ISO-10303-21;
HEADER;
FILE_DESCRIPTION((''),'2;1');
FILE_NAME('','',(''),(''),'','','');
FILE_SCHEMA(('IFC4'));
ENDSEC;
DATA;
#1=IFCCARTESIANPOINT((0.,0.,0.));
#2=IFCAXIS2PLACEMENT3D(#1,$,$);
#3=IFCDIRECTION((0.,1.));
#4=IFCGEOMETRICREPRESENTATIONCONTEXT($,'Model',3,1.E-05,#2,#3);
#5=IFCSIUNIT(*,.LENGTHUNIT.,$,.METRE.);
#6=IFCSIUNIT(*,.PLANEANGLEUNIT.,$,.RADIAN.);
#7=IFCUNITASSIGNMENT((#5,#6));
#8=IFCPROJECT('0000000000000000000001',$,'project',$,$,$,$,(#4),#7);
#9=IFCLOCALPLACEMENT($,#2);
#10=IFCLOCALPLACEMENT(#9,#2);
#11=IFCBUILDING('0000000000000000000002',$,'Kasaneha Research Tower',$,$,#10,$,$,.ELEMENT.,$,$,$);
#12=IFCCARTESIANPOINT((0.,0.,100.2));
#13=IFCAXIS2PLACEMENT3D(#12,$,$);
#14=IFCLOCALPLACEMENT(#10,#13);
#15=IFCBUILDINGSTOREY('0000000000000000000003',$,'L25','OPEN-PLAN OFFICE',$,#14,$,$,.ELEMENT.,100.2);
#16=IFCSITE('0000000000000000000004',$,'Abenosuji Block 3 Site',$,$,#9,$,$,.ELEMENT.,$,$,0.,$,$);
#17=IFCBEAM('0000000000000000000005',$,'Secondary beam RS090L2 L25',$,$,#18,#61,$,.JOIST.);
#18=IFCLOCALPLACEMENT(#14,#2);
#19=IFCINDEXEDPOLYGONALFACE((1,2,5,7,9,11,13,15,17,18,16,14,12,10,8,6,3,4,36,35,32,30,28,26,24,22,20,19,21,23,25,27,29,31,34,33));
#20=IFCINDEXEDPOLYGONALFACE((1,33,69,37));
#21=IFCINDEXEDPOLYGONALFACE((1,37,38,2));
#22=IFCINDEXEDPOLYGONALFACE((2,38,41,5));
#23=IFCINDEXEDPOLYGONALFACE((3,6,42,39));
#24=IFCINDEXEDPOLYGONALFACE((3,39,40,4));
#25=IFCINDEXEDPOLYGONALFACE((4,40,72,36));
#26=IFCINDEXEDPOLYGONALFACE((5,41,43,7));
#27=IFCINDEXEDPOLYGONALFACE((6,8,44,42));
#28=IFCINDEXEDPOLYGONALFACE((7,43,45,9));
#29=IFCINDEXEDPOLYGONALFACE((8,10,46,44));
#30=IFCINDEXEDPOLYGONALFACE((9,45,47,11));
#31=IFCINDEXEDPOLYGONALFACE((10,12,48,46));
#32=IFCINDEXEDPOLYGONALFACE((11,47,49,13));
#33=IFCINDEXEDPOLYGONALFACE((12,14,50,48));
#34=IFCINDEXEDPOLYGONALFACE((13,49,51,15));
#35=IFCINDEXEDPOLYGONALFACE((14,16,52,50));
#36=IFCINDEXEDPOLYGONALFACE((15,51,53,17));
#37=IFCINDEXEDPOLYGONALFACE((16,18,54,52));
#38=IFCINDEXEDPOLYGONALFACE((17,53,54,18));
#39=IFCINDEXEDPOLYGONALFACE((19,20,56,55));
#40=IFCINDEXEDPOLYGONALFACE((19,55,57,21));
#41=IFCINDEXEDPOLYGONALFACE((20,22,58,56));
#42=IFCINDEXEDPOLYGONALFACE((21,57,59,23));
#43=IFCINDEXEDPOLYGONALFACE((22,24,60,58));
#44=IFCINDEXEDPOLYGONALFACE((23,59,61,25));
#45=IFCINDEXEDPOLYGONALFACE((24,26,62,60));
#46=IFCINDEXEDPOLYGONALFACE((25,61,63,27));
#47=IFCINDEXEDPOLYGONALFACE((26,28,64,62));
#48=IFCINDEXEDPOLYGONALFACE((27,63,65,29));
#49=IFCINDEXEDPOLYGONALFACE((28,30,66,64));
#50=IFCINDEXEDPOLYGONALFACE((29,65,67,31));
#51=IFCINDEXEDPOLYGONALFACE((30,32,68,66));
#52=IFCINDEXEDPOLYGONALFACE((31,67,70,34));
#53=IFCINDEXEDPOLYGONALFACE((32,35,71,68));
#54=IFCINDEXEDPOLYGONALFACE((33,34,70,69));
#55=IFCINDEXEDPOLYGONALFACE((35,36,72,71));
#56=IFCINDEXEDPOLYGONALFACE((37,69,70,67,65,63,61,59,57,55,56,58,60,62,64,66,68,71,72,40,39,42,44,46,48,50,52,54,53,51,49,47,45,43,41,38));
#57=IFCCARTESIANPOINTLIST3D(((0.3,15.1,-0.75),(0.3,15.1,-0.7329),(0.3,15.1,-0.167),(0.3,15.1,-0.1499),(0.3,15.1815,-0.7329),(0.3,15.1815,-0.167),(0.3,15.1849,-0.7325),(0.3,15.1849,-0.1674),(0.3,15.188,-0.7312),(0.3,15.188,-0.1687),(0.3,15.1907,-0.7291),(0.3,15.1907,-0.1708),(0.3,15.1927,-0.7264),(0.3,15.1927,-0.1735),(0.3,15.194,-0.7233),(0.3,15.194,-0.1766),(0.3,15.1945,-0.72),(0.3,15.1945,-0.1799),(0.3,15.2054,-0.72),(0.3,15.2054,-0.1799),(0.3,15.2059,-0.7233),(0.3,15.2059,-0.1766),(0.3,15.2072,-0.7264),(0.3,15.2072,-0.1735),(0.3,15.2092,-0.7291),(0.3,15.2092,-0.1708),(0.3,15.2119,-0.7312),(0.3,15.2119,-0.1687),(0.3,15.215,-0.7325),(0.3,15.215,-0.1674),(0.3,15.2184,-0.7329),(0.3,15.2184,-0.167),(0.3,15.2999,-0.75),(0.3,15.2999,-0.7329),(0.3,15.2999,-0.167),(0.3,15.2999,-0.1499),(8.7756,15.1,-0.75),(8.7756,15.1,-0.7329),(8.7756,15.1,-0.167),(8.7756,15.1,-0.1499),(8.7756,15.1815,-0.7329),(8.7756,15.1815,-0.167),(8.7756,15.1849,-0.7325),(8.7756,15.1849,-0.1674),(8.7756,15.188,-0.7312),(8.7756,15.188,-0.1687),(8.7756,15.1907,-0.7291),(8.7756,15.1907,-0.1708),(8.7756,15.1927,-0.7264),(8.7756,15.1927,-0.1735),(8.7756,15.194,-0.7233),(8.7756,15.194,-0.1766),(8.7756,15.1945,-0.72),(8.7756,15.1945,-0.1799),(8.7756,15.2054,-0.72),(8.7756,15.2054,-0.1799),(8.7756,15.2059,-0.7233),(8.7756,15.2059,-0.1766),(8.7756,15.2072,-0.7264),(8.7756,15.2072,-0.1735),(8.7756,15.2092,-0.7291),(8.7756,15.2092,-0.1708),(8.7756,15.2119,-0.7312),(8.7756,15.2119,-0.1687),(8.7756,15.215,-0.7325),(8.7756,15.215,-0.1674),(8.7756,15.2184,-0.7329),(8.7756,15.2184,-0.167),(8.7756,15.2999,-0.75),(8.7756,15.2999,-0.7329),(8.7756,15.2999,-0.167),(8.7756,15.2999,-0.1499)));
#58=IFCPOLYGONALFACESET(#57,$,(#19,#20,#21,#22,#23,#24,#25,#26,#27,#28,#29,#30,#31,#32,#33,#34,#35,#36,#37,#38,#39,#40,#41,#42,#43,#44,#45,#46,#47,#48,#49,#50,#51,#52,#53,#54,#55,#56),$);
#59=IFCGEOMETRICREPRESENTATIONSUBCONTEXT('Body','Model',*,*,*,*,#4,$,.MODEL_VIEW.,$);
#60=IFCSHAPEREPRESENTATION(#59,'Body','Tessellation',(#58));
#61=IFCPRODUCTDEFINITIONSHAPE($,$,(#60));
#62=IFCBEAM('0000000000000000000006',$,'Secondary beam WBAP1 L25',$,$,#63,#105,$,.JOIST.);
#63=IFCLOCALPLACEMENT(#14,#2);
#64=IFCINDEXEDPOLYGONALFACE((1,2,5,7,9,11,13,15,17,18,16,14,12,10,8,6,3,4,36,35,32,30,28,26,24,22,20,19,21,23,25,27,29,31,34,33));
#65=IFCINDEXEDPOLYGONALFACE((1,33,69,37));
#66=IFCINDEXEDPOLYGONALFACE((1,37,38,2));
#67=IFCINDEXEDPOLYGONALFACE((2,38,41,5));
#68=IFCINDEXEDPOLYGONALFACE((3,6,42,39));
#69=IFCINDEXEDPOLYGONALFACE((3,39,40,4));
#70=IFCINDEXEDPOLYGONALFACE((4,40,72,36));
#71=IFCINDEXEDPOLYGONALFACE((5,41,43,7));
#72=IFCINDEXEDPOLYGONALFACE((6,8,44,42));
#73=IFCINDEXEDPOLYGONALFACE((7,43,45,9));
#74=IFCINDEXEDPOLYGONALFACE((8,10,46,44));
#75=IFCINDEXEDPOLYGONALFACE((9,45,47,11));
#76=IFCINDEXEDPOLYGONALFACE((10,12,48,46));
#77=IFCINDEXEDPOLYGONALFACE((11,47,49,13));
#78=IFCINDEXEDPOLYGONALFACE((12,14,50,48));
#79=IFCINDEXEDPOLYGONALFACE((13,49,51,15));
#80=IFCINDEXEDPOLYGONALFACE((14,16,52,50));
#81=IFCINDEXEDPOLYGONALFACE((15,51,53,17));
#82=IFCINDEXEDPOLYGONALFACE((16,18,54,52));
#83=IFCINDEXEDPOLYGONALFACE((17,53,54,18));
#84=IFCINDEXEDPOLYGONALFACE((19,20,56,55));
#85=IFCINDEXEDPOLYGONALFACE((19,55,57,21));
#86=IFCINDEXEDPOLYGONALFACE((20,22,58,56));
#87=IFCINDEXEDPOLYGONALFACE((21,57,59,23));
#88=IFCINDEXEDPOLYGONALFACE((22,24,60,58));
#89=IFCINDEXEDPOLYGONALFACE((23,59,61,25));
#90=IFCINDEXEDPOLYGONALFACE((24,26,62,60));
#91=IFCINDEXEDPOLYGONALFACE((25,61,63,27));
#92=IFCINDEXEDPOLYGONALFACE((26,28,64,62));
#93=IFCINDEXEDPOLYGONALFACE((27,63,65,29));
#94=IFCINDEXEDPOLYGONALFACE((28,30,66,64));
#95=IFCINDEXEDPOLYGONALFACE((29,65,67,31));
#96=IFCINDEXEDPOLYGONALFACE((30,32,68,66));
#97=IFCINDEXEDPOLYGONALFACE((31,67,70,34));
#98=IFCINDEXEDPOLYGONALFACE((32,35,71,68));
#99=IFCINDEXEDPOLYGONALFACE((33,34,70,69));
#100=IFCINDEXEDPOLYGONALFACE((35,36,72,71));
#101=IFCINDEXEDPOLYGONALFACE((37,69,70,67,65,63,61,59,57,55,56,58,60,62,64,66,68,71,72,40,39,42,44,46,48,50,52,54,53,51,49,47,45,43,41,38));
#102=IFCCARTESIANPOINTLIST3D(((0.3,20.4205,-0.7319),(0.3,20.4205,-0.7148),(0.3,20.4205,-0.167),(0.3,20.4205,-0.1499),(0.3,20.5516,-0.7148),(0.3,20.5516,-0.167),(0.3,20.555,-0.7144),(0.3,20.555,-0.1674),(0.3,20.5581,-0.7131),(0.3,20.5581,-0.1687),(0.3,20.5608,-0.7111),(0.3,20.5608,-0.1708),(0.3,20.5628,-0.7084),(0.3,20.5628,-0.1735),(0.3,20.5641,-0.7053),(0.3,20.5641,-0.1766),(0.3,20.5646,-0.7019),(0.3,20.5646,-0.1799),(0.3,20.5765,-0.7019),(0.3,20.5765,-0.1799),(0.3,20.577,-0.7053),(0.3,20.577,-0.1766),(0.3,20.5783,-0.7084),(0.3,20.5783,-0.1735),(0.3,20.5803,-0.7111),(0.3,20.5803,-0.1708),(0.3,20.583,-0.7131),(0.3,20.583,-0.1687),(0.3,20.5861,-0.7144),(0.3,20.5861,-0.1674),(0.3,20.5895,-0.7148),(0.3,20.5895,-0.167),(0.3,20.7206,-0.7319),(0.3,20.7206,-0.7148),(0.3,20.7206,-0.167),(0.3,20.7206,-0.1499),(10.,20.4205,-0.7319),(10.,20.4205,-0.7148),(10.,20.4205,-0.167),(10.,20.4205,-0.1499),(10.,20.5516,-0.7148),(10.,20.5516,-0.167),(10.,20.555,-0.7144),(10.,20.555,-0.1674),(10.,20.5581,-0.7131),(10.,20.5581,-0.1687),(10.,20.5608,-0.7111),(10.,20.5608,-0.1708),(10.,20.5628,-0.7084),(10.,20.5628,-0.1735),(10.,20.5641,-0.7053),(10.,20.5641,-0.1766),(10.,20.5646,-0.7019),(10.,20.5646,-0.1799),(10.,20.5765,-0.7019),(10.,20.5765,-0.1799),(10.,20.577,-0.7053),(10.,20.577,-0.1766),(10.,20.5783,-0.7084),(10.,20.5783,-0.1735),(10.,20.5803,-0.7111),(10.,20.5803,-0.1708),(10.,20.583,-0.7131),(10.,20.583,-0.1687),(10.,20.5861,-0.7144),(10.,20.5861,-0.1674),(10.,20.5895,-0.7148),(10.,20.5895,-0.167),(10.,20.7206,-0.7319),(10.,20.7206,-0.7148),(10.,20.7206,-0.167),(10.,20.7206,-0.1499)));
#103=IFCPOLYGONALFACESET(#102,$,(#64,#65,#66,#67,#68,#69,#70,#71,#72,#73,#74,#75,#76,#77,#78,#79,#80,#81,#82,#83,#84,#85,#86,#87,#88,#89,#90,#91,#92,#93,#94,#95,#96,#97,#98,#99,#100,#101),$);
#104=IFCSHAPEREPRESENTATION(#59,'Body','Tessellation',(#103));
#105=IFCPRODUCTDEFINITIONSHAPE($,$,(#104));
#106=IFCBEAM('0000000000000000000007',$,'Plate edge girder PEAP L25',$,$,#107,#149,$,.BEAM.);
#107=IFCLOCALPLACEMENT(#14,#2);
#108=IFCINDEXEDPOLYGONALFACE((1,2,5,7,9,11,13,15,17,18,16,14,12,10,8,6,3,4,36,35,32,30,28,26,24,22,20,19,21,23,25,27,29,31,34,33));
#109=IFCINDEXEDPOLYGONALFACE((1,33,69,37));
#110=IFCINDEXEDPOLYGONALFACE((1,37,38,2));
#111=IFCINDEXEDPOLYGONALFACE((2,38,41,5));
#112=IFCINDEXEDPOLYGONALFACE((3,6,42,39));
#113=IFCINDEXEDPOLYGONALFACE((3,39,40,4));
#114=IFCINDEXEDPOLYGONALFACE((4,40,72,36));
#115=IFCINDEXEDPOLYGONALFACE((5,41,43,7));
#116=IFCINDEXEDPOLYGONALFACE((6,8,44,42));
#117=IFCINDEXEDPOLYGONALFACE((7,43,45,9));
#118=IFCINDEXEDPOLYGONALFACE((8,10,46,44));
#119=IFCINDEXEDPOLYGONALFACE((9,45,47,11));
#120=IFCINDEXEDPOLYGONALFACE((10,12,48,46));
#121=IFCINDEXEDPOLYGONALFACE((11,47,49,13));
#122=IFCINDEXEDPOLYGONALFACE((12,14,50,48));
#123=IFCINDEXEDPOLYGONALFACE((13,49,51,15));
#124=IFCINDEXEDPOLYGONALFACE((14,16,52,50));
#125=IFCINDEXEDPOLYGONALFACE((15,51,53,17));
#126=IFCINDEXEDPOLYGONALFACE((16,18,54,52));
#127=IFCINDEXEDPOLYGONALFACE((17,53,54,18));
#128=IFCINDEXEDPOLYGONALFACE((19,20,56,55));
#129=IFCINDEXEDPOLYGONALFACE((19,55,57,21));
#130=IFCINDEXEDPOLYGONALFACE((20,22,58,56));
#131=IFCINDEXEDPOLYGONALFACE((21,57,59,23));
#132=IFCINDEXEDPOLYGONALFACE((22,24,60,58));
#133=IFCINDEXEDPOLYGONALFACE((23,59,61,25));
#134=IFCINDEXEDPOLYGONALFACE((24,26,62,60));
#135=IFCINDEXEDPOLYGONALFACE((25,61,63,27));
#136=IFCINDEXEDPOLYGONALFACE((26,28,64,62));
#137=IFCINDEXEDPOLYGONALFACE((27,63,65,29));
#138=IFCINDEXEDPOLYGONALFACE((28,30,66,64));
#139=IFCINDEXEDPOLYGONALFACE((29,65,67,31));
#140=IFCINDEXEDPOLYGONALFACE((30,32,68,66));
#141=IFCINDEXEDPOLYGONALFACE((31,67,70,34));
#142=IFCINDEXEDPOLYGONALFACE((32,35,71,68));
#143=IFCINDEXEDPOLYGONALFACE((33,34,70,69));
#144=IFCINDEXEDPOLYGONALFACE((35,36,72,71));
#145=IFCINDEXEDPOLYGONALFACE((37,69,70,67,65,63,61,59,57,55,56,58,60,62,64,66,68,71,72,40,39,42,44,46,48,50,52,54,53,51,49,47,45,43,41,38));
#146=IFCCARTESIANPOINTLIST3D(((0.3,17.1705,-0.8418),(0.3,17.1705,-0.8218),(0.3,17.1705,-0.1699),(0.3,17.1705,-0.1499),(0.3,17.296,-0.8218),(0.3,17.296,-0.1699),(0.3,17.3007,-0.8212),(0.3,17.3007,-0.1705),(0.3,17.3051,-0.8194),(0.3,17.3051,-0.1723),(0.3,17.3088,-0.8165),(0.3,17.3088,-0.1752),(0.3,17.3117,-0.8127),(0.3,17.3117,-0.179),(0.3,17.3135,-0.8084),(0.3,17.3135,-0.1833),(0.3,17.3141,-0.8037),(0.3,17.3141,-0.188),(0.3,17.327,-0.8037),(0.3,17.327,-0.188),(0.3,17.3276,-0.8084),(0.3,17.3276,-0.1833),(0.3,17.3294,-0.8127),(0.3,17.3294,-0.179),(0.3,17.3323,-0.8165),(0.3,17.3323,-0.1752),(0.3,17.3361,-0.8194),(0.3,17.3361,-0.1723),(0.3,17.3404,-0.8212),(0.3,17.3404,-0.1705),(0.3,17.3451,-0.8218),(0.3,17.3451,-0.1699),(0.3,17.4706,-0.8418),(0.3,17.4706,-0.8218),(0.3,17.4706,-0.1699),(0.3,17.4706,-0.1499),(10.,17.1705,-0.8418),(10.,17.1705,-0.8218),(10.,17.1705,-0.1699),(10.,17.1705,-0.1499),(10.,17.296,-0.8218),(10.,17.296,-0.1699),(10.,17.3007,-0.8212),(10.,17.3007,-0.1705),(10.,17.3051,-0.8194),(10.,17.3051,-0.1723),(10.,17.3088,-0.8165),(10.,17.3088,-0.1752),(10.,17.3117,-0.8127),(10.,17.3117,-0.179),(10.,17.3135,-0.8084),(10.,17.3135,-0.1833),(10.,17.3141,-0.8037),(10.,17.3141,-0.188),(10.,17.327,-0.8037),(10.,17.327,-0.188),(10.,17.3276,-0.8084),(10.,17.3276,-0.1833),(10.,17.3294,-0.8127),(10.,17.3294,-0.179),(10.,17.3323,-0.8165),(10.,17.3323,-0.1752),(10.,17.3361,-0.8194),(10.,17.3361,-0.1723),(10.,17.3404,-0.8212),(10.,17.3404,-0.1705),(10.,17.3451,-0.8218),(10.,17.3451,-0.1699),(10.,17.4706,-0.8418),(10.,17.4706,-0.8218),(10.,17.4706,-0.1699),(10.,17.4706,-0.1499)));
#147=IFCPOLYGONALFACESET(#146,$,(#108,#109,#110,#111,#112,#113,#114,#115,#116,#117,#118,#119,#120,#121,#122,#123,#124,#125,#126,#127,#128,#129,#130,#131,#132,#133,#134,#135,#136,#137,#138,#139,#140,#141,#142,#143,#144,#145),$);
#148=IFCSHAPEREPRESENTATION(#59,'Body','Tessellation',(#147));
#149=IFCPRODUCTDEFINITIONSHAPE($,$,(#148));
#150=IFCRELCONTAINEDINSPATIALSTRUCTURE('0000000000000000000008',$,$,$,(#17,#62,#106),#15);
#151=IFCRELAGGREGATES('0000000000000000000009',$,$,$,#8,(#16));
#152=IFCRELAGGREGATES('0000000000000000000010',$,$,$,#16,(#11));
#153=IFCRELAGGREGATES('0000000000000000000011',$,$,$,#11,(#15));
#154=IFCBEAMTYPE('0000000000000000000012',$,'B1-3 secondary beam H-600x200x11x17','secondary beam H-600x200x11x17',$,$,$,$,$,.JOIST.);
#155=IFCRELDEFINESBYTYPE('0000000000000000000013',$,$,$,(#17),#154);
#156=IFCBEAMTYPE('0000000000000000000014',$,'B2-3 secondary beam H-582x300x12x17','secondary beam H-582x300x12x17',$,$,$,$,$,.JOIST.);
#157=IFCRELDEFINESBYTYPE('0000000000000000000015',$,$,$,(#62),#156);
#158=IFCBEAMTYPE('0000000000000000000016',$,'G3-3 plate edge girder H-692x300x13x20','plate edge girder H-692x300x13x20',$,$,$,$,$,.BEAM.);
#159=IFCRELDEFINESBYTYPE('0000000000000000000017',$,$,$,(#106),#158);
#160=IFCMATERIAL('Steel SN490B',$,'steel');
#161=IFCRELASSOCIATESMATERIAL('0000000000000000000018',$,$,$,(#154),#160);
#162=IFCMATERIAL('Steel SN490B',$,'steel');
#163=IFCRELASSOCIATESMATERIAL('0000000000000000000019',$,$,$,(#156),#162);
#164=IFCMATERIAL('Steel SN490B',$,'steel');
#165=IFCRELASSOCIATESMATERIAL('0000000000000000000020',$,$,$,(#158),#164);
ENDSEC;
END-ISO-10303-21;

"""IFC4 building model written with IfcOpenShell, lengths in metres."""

from ifc_helpers import new_model, si_unit, direction, frame, origin, origin_2d, place, context, subcontext, project, spatial, i_section, extrude, material, material_profile, profile_set, type_object, element, save


model = new_model("IFC4")

# Units and contexts
model_context = context("Model", 3, precision=1e-05, world=origin(), true_north=direction((0.0, 1.0)))
body_context = subcontext(model_context, "Body", "Model", "MODEL_VIEW")
ifc_project = project(units=[si_unit("LENGTHUNIT", "METRE"), si_unit("PLANEANGLEUNIT", "RADIAN")], contexts=[model_context])

# Site, building, storey
site_placement = place(None, origin())
site = spatial("IfcSite", under=ifc_project, at=site_placement, Name="Abenosuji Block 3 Site", CompositionType="ELEMENT", RefElevation=0.0)
building_placement = place(site_placement, origin())
building = spatial("IfcBuilding", under=site, at=building_placement, Name="Kasaneha Research Tower", CompositionType="ELEMENT")
storey_placement = place(building_placement, frame((0.0, 0.0, 100.2)))
storey = spatial("IfcBuildingStorey", under=building, at=storey_placement, Name="L25", Description="OPEN-PLAN OFFICE", CompositionType="ELEMENT", Elevation=100.2)

# Beams
ifc_material_1 = material(Name="Steel SN490B", Category="steel")
ifc_material_profile_1 = material_profile(ifc_material_1, i_section(OverallWidth=0.2, OverallDepth=0.6001, WebThickness=0.011, FlangeThickness=0.0171, FilletRadius=0.0129, at=origin_2d()), Name="H-600x200x11x17")
ifc_profile_set_1 = profile_set([ifc_material_profile_1], Name="Steel SN490B")
beam_type_1 = type_object("IfcBeamType", Name="B1-3 secondary beam H-600x200x11x17", Description="secondary beam H-600x200x11x17", PredefinedType="JOIST", material=ifc_profile_set_1)
beam_1_placement = place(storey_placement, frame((8.7756, 15.2, -0.45), z_axis=(-1.0, 0.0, 0.0), x_axis=(0.0, -1.0, 0.0)))
element("IfcBeam", 1, at=beam_1_placement, inside=storey, type_object=beam_type_1, Name="Secondary beam RS090L2 L25", PredefinedType="JOIST", context=body_context, shape_type="SweptSolid", body=[
    extrude(i_section(OverallWidth=0.2, OverallDepth=0.6001, WebThickness=0.011, FlangeThickness=0.0171, FilletRadius=0.0129, at=origin_2d()), origin(), (0.0, 0.0, 1.0), 8.4756),
])
ifc_material_2 = material(Name="Steel SN490B", Category="steel")
ifc_material_profile_2 = material_profile(ifc_material_2, i_section(OverallWidth=0.3, OverallDepth=0.582, WebThickness=0.012, FlangeThickness=0.0171, FilletRadius=0.0129, at=origin_2d()), Name="H-582x300x12x17")
ifc_profile_set_2 = profile_set([ifc_material_profile_2], Name="Steel SN490B")
beam_type_2 = type_object("IfcBeamType", Name="B2-3 secondary beam H-582x300x12x17", Description="secondary beam H-582x300x12x17", PredefinedType="JOIST", material=ifc_profile_set_2)
beam_2_placement = place(storey_placement, frame((10.0, 20.5706, -0.4409), z_axis=(-1.0, 0.0, 0.0), x_axis=(0.0, -1.0, 0.0)))
element("IfcBeam", 2, at=beam_2_placement, inside=storey, type_object=beam_type_2, Name="Secondary beam WBAP1 L25", PredefinedType="JOIST", context=body_context, shape_type="SweptSolid", body=[
    extrude(i_section(OverallWidth=0.3, OverallDepth=0.582, WebThickness=0.012, FlangeThickness=0.0171, FilletRadius=0.0129, at=origin_2d()), origin(), (0.0, 0.0, 1.0), 9.7),
])
ifc_material_3 = material(Name="Steel SN490B", Category="steel")
ifc_material_profile_3 = material_profile(ifc_material_3, i_section(OverallWidth=0.3, OverallDepth=0.6919, WebThickness=0.0129, FlangeThickness=0.02, FilletRadius=0.0181, at=origin_2d()), Name="H-692x300x13x20")
ifc_profile_set_3 = profile_set([ifc_material_profile_3], Name="Steel SN490B")
beam_type_3 = type_object("IfcBeamType", Name="G3-3 plate edge girder H-692x300x13x20", Description="plate edge girder H-692x300x13x20", PredefinedType="BEAM", material=ifc_profile_set_3)
beam_3_placement = place(storey_placement, frame((10.0, 17.3206, -0.4958), z_axis=(-1.0, 0.0, 0.0), x_axis=(0.0, -1.0, 0.0)))
element("IfcBeam", 3, at=beam_3_placement, inside=storey, type_object=beam_type_3, Name="Plate edge girder PEAP L25", PredefinedType="BEAM", context=body_context, shape_type="SweptSolid", body=[
    extrude(i_section(OverallWidth=0.3, OverallDepth=0.6919, WebThickness=0.0129, FlangeThickness=0.02, FilletRadius=0.0181, at=origin_2d()), origin(), (0.0, 0.0, 1.0), 9.7),
])

save(model, "model.ifc")
